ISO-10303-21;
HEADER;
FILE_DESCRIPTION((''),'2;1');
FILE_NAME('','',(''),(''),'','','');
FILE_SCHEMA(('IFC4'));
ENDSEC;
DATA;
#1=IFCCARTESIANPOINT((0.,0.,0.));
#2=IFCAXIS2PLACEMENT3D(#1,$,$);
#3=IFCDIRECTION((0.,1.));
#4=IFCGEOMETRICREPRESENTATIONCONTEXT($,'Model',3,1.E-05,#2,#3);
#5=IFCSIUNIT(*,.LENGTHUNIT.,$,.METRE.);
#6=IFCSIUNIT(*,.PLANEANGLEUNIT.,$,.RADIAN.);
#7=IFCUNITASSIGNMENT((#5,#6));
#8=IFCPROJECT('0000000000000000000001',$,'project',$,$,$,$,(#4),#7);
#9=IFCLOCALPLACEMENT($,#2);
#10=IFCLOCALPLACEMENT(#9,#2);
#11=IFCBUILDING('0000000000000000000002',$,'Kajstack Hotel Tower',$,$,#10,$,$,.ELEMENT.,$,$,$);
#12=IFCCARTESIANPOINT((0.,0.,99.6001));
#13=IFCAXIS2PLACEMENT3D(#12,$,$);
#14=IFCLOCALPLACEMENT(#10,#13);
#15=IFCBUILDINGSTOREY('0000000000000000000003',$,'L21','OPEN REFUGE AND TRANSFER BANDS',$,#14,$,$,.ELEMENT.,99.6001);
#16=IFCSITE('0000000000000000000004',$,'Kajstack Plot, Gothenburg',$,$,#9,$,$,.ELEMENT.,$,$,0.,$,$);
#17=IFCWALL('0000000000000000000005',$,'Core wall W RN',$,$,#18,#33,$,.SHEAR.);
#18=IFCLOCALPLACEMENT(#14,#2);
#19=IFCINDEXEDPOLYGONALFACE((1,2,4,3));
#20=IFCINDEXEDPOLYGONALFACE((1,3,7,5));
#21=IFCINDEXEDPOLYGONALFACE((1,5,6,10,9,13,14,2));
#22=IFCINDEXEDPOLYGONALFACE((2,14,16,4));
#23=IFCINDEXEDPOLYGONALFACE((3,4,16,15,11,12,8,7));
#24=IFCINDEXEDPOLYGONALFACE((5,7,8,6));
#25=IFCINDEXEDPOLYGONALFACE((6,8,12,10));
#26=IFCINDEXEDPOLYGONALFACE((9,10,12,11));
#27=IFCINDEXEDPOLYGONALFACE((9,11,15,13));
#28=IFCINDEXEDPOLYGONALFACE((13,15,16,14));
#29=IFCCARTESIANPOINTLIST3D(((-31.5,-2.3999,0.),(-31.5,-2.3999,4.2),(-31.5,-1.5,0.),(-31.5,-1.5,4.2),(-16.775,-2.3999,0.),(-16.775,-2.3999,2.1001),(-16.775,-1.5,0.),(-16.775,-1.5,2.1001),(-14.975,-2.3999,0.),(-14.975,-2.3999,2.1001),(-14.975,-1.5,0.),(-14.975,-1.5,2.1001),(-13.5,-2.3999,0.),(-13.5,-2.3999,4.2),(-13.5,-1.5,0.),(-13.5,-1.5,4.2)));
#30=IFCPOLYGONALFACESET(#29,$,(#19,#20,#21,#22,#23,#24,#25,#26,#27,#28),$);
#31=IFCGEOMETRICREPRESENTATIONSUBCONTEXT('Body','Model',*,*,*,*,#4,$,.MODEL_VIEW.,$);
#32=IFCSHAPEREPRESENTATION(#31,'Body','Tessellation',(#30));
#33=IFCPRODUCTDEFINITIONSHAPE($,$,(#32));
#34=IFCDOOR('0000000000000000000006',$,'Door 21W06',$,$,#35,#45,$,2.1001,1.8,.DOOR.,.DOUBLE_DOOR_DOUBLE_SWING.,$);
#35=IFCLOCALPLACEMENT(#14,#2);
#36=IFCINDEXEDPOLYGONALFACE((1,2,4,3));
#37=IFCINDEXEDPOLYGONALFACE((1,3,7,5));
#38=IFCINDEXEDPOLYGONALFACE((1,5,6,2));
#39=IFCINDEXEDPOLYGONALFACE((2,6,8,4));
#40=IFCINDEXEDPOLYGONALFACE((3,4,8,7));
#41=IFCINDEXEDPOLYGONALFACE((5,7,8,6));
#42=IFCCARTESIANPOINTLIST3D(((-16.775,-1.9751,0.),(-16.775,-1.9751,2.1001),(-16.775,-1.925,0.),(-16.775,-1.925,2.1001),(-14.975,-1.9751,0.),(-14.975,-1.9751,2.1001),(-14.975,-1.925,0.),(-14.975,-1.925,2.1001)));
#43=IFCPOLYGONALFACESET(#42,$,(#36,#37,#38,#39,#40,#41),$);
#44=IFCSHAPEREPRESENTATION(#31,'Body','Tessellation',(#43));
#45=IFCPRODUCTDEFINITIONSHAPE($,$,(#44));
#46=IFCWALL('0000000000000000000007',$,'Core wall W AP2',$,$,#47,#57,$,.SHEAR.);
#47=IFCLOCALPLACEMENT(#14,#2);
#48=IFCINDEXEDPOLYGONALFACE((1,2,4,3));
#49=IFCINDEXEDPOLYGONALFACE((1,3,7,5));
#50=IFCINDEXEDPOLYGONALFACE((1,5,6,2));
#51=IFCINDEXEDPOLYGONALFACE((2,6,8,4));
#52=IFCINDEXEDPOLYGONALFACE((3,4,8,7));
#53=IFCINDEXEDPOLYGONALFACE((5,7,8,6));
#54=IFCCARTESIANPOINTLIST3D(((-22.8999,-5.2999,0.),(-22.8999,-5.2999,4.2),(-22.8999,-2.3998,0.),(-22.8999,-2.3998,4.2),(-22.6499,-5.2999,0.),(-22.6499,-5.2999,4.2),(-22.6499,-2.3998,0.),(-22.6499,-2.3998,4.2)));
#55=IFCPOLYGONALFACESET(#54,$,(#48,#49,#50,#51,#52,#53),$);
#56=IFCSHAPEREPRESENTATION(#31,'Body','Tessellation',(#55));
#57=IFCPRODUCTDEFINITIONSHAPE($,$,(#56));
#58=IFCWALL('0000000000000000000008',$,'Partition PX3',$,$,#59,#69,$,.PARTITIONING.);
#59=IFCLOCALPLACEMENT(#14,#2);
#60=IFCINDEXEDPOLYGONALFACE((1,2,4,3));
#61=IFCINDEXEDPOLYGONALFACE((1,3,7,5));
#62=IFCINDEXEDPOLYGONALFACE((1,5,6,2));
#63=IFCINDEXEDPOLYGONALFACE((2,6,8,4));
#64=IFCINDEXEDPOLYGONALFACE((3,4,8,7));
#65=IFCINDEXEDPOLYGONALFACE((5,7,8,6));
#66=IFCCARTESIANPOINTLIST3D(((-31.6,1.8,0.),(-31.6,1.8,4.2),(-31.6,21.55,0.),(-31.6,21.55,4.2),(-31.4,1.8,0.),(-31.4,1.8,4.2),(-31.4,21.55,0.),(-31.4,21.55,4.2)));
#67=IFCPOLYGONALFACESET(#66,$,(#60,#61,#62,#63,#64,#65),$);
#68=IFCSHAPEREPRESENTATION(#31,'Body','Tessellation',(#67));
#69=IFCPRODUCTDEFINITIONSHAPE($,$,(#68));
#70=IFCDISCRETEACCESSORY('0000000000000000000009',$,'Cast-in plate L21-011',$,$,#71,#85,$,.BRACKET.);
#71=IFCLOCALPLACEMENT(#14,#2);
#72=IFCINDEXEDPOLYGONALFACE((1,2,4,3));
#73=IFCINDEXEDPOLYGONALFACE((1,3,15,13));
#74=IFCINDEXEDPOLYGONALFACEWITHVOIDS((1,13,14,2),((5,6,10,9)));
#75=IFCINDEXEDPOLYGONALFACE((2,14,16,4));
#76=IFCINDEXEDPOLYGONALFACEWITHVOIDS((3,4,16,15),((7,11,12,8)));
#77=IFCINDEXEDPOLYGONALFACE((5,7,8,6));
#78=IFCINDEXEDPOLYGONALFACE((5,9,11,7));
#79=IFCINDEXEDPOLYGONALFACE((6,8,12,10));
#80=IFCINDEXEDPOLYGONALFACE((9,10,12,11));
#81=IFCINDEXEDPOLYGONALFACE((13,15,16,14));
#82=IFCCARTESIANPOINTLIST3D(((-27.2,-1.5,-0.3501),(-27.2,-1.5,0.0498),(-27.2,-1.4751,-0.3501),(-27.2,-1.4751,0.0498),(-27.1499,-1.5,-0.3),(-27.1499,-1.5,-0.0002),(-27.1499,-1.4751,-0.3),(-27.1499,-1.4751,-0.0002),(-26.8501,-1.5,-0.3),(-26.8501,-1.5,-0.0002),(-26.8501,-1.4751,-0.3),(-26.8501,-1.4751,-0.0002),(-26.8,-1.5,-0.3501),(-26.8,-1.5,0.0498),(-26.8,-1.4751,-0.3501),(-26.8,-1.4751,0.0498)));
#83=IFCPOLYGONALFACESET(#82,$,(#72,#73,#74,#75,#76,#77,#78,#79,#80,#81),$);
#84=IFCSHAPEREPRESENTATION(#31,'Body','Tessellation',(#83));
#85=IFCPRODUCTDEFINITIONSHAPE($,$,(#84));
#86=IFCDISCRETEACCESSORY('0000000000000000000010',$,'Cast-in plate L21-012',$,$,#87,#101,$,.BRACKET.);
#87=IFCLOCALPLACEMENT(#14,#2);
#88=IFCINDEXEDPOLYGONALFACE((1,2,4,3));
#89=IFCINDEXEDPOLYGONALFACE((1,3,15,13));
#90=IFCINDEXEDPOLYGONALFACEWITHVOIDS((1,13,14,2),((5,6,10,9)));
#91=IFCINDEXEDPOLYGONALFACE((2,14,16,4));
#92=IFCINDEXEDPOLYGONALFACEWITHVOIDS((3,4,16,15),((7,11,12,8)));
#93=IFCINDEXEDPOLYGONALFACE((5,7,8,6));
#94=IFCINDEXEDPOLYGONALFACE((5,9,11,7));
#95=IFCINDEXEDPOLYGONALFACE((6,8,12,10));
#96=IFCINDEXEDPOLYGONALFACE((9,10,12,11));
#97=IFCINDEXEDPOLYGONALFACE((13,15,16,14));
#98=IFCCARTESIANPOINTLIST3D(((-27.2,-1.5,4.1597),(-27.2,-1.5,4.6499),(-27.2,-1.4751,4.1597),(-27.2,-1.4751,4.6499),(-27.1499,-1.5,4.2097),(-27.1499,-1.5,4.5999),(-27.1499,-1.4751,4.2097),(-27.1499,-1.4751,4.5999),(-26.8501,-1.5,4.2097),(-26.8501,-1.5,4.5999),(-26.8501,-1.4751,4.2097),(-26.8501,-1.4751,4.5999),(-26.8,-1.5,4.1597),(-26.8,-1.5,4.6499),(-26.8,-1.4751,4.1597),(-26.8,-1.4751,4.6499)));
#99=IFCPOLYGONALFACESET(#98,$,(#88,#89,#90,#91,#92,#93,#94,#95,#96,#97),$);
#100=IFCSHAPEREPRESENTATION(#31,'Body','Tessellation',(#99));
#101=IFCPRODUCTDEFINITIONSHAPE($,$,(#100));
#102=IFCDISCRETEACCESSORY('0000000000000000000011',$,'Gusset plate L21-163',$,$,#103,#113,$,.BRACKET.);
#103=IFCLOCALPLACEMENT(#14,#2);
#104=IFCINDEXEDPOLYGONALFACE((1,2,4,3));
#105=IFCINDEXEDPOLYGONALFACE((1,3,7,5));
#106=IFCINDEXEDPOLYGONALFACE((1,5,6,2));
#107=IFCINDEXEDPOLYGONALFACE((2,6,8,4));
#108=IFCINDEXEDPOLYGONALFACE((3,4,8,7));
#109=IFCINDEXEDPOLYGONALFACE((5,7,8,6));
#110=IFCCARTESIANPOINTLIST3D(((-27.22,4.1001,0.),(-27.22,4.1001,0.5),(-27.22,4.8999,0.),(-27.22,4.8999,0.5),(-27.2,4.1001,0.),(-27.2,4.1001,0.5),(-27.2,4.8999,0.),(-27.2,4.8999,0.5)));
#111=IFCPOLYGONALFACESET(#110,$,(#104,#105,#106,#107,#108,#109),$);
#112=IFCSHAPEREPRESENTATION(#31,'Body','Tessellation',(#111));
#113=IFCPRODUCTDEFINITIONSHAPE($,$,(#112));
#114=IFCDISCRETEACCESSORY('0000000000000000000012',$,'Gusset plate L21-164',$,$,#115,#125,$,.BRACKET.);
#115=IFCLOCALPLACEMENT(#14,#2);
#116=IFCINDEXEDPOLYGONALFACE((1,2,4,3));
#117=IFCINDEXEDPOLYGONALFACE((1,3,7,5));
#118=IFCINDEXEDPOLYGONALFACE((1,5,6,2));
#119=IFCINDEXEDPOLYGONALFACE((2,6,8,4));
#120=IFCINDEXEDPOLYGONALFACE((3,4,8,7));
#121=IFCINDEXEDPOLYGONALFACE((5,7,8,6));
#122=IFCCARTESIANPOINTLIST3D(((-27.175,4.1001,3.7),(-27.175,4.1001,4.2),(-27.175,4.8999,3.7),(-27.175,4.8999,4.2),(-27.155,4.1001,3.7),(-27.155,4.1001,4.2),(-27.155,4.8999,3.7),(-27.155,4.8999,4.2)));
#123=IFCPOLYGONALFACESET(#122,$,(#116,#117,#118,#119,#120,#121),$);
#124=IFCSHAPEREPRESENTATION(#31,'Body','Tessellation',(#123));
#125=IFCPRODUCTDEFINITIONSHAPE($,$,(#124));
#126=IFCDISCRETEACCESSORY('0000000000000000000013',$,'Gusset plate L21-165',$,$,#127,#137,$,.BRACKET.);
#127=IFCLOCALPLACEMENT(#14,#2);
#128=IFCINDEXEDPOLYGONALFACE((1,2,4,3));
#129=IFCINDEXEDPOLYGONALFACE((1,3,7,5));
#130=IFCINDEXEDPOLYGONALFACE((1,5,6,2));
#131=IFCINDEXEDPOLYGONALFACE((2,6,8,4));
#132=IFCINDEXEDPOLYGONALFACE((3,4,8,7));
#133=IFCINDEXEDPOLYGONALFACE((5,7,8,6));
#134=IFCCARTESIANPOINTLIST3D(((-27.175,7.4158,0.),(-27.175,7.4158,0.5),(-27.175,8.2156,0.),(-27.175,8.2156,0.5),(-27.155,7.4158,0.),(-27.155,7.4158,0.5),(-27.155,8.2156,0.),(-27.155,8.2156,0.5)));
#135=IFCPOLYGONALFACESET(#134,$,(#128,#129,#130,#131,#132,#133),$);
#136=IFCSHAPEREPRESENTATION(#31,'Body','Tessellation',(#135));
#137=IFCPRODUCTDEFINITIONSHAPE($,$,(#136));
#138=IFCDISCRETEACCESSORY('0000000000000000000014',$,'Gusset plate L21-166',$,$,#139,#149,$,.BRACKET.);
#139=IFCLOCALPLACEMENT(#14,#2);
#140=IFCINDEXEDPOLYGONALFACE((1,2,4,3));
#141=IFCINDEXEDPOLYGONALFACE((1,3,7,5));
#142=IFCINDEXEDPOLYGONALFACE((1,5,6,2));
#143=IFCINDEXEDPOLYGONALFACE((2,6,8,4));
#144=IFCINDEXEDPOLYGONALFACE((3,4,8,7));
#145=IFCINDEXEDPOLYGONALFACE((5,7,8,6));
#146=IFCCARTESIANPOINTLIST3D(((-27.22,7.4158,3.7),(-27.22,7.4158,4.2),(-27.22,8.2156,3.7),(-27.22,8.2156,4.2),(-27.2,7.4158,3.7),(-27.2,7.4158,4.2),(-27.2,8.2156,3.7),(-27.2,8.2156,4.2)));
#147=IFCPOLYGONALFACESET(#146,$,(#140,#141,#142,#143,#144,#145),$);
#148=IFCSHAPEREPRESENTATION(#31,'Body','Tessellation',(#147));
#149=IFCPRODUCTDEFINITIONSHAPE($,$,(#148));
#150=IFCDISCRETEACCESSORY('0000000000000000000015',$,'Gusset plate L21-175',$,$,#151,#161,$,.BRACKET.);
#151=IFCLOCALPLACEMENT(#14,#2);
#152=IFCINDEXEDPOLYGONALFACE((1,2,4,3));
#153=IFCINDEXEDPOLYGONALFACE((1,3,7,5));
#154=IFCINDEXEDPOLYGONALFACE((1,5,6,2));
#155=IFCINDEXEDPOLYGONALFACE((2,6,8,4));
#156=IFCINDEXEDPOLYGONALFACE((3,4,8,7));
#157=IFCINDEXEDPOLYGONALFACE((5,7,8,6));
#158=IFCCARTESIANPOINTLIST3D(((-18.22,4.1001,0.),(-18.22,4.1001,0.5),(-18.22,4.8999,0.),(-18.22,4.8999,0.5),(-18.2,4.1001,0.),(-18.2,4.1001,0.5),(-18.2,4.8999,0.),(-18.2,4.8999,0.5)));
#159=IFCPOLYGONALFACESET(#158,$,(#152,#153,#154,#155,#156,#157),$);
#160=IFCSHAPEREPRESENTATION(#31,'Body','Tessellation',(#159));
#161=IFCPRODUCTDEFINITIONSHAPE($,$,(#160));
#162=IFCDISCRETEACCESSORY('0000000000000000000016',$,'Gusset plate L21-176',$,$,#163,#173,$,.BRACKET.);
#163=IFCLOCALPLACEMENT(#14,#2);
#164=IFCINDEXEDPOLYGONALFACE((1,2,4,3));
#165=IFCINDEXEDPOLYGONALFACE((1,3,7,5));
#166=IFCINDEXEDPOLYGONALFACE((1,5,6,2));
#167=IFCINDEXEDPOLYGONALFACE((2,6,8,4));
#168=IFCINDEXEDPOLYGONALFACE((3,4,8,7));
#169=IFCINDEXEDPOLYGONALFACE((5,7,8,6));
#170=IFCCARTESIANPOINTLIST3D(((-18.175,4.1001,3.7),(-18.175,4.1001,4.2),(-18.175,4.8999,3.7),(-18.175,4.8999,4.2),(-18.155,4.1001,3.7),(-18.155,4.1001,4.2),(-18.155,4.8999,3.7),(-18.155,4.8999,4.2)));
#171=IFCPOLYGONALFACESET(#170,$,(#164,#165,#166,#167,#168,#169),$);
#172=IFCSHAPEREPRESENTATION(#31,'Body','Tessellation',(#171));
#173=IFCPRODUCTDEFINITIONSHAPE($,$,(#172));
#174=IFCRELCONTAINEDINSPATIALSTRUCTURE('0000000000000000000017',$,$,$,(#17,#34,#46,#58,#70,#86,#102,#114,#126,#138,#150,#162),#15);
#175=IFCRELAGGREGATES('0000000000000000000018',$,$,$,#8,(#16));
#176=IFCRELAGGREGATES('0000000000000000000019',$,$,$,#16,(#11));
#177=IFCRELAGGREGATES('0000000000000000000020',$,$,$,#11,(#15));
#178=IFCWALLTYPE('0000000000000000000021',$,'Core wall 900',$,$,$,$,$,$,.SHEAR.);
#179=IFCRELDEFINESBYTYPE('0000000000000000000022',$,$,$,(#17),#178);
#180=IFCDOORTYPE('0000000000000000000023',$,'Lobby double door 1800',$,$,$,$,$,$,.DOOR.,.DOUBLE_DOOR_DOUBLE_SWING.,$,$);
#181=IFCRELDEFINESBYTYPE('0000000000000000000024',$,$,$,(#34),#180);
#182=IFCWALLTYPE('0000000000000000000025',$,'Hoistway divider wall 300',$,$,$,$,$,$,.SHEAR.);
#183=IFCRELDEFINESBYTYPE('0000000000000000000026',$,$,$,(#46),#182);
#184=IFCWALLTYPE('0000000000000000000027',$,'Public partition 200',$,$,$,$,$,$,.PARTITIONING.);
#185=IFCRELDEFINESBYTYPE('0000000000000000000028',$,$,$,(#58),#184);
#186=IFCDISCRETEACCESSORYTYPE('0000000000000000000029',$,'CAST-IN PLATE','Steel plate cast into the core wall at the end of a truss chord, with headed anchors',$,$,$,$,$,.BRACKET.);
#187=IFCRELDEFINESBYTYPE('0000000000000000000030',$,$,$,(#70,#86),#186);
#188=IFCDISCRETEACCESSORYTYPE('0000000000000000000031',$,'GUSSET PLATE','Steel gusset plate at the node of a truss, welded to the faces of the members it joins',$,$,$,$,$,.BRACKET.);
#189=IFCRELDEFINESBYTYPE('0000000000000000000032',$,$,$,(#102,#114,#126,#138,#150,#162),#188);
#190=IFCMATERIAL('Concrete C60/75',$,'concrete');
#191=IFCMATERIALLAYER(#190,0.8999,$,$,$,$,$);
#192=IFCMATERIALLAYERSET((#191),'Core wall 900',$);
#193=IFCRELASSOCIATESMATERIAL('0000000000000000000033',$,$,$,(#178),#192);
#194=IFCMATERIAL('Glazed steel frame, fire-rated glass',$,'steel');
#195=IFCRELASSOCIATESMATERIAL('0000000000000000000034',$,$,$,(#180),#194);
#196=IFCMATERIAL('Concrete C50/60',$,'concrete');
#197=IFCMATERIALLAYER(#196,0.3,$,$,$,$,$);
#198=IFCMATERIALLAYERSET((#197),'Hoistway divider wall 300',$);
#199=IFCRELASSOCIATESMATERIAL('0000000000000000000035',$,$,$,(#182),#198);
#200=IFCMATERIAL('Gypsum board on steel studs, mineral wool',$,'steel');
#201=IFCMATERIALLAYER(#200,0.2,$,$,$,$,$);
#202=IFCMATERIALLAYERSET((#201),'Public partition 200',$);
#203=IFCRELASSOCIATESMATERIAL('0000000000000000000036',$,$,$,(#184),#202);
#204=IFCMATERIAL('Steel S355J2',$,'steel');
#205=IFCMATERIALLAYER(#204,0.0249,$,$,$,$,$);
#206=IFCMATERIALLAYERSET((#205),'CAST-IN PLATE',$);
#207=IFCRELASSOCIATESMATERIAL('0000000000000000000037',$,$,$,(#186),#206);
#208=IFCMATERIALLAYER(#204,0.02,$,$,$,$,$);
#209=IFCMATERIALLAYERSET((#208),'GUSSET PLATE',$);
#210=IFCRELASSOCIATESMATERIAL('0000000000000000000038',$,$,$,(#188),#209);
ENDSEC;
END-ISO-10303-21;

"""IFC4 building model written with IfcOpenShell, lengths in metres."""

from ifc_helpers import new_model, si_unit, direction, frame, frame_2d, origin, place, context, subcontext, project, spatial, polyline, rectangle, outline, extrude, material, layer, layer_set, type_object, element, fill, save


model = new_model("IFC4")

# Units and contexts
model_context = context("Model", 3, precision=1e-05, world=origin(), true_north=direction((0.0, 1.0)))
body_context = subcontext(model_context, "Body", "Model", "MODEL_VIEW")
ifc_project = project(units=[si_unit("LENGTHUNIT", "METRE"), si_unit("PLANEANGLEUNIT", "RADIAN")], contexts=[model_context])

# Site, building, storey
site_placement = place(None, origin())
site = spatial("IfcSite", under=ifc_project, at=site_placement, Name="Kajstack Plot, Gothenburg", CompositionType="ELEMENT", RefElevation=0.0)
building_placement = place(site_placement, origin())
building = spatial("IfcBuilding", under=site, at=building_placement, Name="Kajstack Hotel Tower", CompositionType="ELEMENT")
storey_placement = place(building_placement, frame((0.0, 0.0, 99.6001)))
storey = spatial("IfcBuildingStorey", under=building, at=storey_placement, Name="L21", Description="OPEN REFUGE AND TRANSFER BANDS", CompositionType="ELEMENT", Elevation=99.6001)

# Shared definitions
ifc_material_1 = material(Name="Steel S355J2", Category="steel")

# Wall, opening, door
ifc_material_2 = material(Name="Concrete C60/75", Category="concrete")
ifc_layer_1 = layer(ifc_material_2, 0.8999)
ifc_layer_set_1 = layer_set([ifc_layer_1], Name="Core wall 900")
wall_type_1 = type_object("IfcWallType", Name="Core wall 900", PredefinedType="SHEAR", material=ifc_layer_set_1)
wall_1_placement = place(storey_placement, frame((-31.5, -1.95, 0.0), z_axis=(0.0, 0.0, 1.0), x_axis=(1.0, 0.0, 0.0)))
wall_1 = element("IfcWall", 1, at=wall_1_placement, inside=storey, type_object=wall_type_1, Name="Core wall W RN", PredefinedType="SHEAR", context=body_context, shape_type="SweptSolid", body=[
    extrude(rectangle(XDim=18.0, YDim=0.8999, at=frame_2d((9.0, 0.0))), origin(), (0.0, 0.0, 1.0), 4.2),
])
opening_placement = place(wall_1_placement, frame((14.7251, 0.0, 0.0)))
opening = element("IfcOpeningElement", 2, at=opening_placement, cuts=wall_1, PredefinedType="OPENING", context=body_context, shape_type="SweptSolid", body=[
    extrude(rectangle(XDim=1.8, YDim=2.1001, at=frame_2d((0.8999, 1.05))), frame((0.0, 0.46, 0.0), z_axis=(0.0, -1.0, 0.0), x_axis=(1.0, 0.0, 0.0)), (0.0, 0.0, 1.0), 0.9199),
])
ifc_material_3 = material(Name="Glazed steel frame, fire-rated glass", Category="steel")
door_type = type_object("IfcDoorType", Name="Lobby double door 1800", OperationType="DOUBLE_DOOR_DOUBLE_SWING", PredefinedType="DOOR", material=ifc_material_3)
door_placement = place(opening_placement, origin())
door = element("IfcDoor", 3, at=door_placement, inside=storey, type_object=door_type, Name="Door 21W06", OperationType="DOUBLE_DOOR_DOUBLE_SWING", OverallHeight=2.1001, OverallWidth=1.8, PredefinedType="DOOR", context=body_context, shape_type="SweptSolid", body=[
    extrude(rectangle(XDim=1.8, YDim=2.1001, at=frame_2d((0.8999, 1.05))), frame((0.0, 0.0249, 0.0), z_axis=(0.0, -1.0, 0.0), x_axis=(1.0, 0.0, 0.0)), (0.0, 0.0, 1.0), 0.05),
])
fill(opening, door)

# Walls
ifc_material_4 = material(Name="Concrete C50/60", Category="concrete")
ifc_layer_2 = layer(ifc_material_4, 0.3)
ifc_layer_set_2 = layer_set([ifc_layer_2], Name="Hoistway divider wall 300")
wall_type_2 = type_object("IfcWallType", Name="Hoistway divider wall 300", PredefinedType="SHEAR", material=ifc_layer_set_2)
wall_2_placement = place(storey_placement, frame((-22.7749, -5.3, 0.0), z_axis=(0.0, 0.0, 1.0), x_axis=(0.0, 1.0, 0.0)))
element("IfcWall", 4, at=wall_2_placement, inside=storey, type_object=wall_type_2, Name="Core wall W AP2", PredefinedType="SHEAR", context=body_context, shape_type="SweptSolid", body=[
    extrude(rectangle(XDim=2.9001, YDim=0.25, at=frame_2d((1.4502, 0.0))), origin(), (0.0, 0.0, 1.0), 4.2),
])
ifc_material_5 = material(Name="Gypsum board on steel studs, mineral wool", Category="steel")
ifc_layer_3 = layer(ifc_material_5, 0.2)
ifc_layer_set_3 = layer_set([ifc_layer_3], Name="Public partition 200")
wall_type_3 = type_object("IfcWallType", Name="Public partition 200", PredefinedType="PARTITIONING", material=ifc_layer_set_3)
wall_3_placement = place(storey_placement, frame((-31.5, 1.8, 0.0), z_axis=(0.0, 0.0, 1.0), x_axis=(0.0, 1.0, 0.0)))
element("IfcWall", 5, at=wall_3_placement, inside=storey, type_object=wall_type_3, Name="Partition PX3", PredefinedType="PARTITIONING", context=body_context, shape_type="SweptSolid", body=[
    extrude(rectangle(XDim=19.75, YDim=0.2, at=frame_2d((9.875, 0.0))), origin(), (0.0, 0.0, 1.0), 4.2),
])

# Discrete accessories
ifc_layer_4 = layer(ifc_material_1, 0.0249)
ifc_layer_set_4 = layer_set([ifc_layer_4], Name="CAST-IN PLATE")
discrete_accessory_type_1 = type_object("IfcDiscreteAccessoryType", Name="CAST-IN PLATE", Description="Steel plate cast into the core wall at the end of a truss chord, with headed anchors", PredefinedType="BRACKET", material=ifc_layer_set_4)
discrete_accessory_1_placement = place(storey_placement, frame((-27.0, -1.5, -0.1501), z_axis=(0.0, 1.0, 0.0), x_axis=(-1.0, 0.0, 0.0)))
element("IfcDiscreteAccessory", 6, at=discrete_accessory_1_placement, inside=storey, type_object=discrete_accessory_type_1, Name="Cast-in plate L21-011", PredefinedType="BRACKET", context=body_context, shape_type="SweptSolid", body=[
    extrude(outline(polyline([(-0.2, -0.2), (0.2, -0.2), (0.2, 0.2), (-0.2, 0.2), (-0.2, -0.2)]), holes=[polyline([(-0.1499, -0.1499), (-0.1499, 0.1499), (0.1499, 0.1499), (0.1499, -0.1499), (-0.1499, -0.1499)])]), origin(), (0.0, 0.0, 1.0), 0.0249),
])
discrete_accessory_2_placement = place(storey_placement, frame((-27.0, -1.5, 4.4048), z_axis=(0.0, 1.0, 0.0), x_axis=(-1.0, 0.0, 0.0)))
element("IfcDiscreteAccessory", 7, at=discrete_accessory_2_placement, inside=storey, type_object=discrete_accessory_type_1, Name="Cast-in plate L21-012", PredefinedType="BRACKET", context=body_context, shape_type="SweptSolid", body=[
    extrude(outline(polyline([(-0.2, -0.2451), (0.2, -0.2451), (0.2, 0.2451), (-0.2, 0.2451), (-0.2, -0.2451)]), holes=[polyline([(-0.1499, -0.1951), (-0.1499, 0.1951), (0.1499, 0.1951), (0.1499, -0.1951), (-0.1499, -0.1951)])]), origin(), (0.0, 0.0, 1.0), 0.0249),
])
ifc_layer_5 = layer(ifc_material_1, 0.02)
ifc_layer_set_5 = layer_set([ifc_layer_5], Name="GUSSET PLATE")
discrete_accessory_type_2 = type_object("IfcDiscreteAccessoryType", Name="GUSSET PLATE", Description="Steel gusset plate at the node of a truss, welded to the faces of the members it joins", PredefinedType="BRACKET", material=ifc_layer_set_5)
for number, where, z_axis, x_axis, name in (
    (8, (-27.22, 4.5, 0.0), (1.0, 0.0, 0.0), (0.0, 1.0, 0.0), "Gusset plate L21-163"),
    (9, (-27.175, 4.5, 3.7), (1.0, 0.0, 0.0), (0.0, 1.0, 0.0), "Gusset plate L21-164"),
    (10, (-27.175, 7.8157, 0.0), (1.0, 0.0, 0.0), (0.0, 1.0, 0.0), "Gusset plate L21-165"),
    (11, (-27.22, 7.8157, 3.7), (1.0, 0.0, 0.0), (0.0, 1.0, 0.0), "Gusset plate L21-166"),
    (12, (-18.22, 4.5, 0.0), (1.0, 0.0, 0.0), (0.0, 1.0, 0.0), "Gusset plate L21-175"),
    (13, (-18.175, 4.5, 3.7), (1.0, 0.0, 0.0), (0.0, 1.0, 0.0), "Gusset plate L21-176"),
):
    element("IfcDiscreteAccessory", number, at=place(storey_placement, frame(where, z_axis=z_axis, x_axis=x_axis)), inside=storey, type_object=discrete_accessory_type_2, Name=name, PredefinedType="BRACKET", context=body_context, shape_type="SweptSolid", body=[
        extrude(outline(polyline([(-0.3999, 0.0), (0.3999, 0.0), (0.3999, 0.5), (-0.3999, 0.5), (-0.3999, 0.0)])), origin(), (0.0, 0.0, 1.0), 0.02),
    ])

save(model, "model.ifc")
